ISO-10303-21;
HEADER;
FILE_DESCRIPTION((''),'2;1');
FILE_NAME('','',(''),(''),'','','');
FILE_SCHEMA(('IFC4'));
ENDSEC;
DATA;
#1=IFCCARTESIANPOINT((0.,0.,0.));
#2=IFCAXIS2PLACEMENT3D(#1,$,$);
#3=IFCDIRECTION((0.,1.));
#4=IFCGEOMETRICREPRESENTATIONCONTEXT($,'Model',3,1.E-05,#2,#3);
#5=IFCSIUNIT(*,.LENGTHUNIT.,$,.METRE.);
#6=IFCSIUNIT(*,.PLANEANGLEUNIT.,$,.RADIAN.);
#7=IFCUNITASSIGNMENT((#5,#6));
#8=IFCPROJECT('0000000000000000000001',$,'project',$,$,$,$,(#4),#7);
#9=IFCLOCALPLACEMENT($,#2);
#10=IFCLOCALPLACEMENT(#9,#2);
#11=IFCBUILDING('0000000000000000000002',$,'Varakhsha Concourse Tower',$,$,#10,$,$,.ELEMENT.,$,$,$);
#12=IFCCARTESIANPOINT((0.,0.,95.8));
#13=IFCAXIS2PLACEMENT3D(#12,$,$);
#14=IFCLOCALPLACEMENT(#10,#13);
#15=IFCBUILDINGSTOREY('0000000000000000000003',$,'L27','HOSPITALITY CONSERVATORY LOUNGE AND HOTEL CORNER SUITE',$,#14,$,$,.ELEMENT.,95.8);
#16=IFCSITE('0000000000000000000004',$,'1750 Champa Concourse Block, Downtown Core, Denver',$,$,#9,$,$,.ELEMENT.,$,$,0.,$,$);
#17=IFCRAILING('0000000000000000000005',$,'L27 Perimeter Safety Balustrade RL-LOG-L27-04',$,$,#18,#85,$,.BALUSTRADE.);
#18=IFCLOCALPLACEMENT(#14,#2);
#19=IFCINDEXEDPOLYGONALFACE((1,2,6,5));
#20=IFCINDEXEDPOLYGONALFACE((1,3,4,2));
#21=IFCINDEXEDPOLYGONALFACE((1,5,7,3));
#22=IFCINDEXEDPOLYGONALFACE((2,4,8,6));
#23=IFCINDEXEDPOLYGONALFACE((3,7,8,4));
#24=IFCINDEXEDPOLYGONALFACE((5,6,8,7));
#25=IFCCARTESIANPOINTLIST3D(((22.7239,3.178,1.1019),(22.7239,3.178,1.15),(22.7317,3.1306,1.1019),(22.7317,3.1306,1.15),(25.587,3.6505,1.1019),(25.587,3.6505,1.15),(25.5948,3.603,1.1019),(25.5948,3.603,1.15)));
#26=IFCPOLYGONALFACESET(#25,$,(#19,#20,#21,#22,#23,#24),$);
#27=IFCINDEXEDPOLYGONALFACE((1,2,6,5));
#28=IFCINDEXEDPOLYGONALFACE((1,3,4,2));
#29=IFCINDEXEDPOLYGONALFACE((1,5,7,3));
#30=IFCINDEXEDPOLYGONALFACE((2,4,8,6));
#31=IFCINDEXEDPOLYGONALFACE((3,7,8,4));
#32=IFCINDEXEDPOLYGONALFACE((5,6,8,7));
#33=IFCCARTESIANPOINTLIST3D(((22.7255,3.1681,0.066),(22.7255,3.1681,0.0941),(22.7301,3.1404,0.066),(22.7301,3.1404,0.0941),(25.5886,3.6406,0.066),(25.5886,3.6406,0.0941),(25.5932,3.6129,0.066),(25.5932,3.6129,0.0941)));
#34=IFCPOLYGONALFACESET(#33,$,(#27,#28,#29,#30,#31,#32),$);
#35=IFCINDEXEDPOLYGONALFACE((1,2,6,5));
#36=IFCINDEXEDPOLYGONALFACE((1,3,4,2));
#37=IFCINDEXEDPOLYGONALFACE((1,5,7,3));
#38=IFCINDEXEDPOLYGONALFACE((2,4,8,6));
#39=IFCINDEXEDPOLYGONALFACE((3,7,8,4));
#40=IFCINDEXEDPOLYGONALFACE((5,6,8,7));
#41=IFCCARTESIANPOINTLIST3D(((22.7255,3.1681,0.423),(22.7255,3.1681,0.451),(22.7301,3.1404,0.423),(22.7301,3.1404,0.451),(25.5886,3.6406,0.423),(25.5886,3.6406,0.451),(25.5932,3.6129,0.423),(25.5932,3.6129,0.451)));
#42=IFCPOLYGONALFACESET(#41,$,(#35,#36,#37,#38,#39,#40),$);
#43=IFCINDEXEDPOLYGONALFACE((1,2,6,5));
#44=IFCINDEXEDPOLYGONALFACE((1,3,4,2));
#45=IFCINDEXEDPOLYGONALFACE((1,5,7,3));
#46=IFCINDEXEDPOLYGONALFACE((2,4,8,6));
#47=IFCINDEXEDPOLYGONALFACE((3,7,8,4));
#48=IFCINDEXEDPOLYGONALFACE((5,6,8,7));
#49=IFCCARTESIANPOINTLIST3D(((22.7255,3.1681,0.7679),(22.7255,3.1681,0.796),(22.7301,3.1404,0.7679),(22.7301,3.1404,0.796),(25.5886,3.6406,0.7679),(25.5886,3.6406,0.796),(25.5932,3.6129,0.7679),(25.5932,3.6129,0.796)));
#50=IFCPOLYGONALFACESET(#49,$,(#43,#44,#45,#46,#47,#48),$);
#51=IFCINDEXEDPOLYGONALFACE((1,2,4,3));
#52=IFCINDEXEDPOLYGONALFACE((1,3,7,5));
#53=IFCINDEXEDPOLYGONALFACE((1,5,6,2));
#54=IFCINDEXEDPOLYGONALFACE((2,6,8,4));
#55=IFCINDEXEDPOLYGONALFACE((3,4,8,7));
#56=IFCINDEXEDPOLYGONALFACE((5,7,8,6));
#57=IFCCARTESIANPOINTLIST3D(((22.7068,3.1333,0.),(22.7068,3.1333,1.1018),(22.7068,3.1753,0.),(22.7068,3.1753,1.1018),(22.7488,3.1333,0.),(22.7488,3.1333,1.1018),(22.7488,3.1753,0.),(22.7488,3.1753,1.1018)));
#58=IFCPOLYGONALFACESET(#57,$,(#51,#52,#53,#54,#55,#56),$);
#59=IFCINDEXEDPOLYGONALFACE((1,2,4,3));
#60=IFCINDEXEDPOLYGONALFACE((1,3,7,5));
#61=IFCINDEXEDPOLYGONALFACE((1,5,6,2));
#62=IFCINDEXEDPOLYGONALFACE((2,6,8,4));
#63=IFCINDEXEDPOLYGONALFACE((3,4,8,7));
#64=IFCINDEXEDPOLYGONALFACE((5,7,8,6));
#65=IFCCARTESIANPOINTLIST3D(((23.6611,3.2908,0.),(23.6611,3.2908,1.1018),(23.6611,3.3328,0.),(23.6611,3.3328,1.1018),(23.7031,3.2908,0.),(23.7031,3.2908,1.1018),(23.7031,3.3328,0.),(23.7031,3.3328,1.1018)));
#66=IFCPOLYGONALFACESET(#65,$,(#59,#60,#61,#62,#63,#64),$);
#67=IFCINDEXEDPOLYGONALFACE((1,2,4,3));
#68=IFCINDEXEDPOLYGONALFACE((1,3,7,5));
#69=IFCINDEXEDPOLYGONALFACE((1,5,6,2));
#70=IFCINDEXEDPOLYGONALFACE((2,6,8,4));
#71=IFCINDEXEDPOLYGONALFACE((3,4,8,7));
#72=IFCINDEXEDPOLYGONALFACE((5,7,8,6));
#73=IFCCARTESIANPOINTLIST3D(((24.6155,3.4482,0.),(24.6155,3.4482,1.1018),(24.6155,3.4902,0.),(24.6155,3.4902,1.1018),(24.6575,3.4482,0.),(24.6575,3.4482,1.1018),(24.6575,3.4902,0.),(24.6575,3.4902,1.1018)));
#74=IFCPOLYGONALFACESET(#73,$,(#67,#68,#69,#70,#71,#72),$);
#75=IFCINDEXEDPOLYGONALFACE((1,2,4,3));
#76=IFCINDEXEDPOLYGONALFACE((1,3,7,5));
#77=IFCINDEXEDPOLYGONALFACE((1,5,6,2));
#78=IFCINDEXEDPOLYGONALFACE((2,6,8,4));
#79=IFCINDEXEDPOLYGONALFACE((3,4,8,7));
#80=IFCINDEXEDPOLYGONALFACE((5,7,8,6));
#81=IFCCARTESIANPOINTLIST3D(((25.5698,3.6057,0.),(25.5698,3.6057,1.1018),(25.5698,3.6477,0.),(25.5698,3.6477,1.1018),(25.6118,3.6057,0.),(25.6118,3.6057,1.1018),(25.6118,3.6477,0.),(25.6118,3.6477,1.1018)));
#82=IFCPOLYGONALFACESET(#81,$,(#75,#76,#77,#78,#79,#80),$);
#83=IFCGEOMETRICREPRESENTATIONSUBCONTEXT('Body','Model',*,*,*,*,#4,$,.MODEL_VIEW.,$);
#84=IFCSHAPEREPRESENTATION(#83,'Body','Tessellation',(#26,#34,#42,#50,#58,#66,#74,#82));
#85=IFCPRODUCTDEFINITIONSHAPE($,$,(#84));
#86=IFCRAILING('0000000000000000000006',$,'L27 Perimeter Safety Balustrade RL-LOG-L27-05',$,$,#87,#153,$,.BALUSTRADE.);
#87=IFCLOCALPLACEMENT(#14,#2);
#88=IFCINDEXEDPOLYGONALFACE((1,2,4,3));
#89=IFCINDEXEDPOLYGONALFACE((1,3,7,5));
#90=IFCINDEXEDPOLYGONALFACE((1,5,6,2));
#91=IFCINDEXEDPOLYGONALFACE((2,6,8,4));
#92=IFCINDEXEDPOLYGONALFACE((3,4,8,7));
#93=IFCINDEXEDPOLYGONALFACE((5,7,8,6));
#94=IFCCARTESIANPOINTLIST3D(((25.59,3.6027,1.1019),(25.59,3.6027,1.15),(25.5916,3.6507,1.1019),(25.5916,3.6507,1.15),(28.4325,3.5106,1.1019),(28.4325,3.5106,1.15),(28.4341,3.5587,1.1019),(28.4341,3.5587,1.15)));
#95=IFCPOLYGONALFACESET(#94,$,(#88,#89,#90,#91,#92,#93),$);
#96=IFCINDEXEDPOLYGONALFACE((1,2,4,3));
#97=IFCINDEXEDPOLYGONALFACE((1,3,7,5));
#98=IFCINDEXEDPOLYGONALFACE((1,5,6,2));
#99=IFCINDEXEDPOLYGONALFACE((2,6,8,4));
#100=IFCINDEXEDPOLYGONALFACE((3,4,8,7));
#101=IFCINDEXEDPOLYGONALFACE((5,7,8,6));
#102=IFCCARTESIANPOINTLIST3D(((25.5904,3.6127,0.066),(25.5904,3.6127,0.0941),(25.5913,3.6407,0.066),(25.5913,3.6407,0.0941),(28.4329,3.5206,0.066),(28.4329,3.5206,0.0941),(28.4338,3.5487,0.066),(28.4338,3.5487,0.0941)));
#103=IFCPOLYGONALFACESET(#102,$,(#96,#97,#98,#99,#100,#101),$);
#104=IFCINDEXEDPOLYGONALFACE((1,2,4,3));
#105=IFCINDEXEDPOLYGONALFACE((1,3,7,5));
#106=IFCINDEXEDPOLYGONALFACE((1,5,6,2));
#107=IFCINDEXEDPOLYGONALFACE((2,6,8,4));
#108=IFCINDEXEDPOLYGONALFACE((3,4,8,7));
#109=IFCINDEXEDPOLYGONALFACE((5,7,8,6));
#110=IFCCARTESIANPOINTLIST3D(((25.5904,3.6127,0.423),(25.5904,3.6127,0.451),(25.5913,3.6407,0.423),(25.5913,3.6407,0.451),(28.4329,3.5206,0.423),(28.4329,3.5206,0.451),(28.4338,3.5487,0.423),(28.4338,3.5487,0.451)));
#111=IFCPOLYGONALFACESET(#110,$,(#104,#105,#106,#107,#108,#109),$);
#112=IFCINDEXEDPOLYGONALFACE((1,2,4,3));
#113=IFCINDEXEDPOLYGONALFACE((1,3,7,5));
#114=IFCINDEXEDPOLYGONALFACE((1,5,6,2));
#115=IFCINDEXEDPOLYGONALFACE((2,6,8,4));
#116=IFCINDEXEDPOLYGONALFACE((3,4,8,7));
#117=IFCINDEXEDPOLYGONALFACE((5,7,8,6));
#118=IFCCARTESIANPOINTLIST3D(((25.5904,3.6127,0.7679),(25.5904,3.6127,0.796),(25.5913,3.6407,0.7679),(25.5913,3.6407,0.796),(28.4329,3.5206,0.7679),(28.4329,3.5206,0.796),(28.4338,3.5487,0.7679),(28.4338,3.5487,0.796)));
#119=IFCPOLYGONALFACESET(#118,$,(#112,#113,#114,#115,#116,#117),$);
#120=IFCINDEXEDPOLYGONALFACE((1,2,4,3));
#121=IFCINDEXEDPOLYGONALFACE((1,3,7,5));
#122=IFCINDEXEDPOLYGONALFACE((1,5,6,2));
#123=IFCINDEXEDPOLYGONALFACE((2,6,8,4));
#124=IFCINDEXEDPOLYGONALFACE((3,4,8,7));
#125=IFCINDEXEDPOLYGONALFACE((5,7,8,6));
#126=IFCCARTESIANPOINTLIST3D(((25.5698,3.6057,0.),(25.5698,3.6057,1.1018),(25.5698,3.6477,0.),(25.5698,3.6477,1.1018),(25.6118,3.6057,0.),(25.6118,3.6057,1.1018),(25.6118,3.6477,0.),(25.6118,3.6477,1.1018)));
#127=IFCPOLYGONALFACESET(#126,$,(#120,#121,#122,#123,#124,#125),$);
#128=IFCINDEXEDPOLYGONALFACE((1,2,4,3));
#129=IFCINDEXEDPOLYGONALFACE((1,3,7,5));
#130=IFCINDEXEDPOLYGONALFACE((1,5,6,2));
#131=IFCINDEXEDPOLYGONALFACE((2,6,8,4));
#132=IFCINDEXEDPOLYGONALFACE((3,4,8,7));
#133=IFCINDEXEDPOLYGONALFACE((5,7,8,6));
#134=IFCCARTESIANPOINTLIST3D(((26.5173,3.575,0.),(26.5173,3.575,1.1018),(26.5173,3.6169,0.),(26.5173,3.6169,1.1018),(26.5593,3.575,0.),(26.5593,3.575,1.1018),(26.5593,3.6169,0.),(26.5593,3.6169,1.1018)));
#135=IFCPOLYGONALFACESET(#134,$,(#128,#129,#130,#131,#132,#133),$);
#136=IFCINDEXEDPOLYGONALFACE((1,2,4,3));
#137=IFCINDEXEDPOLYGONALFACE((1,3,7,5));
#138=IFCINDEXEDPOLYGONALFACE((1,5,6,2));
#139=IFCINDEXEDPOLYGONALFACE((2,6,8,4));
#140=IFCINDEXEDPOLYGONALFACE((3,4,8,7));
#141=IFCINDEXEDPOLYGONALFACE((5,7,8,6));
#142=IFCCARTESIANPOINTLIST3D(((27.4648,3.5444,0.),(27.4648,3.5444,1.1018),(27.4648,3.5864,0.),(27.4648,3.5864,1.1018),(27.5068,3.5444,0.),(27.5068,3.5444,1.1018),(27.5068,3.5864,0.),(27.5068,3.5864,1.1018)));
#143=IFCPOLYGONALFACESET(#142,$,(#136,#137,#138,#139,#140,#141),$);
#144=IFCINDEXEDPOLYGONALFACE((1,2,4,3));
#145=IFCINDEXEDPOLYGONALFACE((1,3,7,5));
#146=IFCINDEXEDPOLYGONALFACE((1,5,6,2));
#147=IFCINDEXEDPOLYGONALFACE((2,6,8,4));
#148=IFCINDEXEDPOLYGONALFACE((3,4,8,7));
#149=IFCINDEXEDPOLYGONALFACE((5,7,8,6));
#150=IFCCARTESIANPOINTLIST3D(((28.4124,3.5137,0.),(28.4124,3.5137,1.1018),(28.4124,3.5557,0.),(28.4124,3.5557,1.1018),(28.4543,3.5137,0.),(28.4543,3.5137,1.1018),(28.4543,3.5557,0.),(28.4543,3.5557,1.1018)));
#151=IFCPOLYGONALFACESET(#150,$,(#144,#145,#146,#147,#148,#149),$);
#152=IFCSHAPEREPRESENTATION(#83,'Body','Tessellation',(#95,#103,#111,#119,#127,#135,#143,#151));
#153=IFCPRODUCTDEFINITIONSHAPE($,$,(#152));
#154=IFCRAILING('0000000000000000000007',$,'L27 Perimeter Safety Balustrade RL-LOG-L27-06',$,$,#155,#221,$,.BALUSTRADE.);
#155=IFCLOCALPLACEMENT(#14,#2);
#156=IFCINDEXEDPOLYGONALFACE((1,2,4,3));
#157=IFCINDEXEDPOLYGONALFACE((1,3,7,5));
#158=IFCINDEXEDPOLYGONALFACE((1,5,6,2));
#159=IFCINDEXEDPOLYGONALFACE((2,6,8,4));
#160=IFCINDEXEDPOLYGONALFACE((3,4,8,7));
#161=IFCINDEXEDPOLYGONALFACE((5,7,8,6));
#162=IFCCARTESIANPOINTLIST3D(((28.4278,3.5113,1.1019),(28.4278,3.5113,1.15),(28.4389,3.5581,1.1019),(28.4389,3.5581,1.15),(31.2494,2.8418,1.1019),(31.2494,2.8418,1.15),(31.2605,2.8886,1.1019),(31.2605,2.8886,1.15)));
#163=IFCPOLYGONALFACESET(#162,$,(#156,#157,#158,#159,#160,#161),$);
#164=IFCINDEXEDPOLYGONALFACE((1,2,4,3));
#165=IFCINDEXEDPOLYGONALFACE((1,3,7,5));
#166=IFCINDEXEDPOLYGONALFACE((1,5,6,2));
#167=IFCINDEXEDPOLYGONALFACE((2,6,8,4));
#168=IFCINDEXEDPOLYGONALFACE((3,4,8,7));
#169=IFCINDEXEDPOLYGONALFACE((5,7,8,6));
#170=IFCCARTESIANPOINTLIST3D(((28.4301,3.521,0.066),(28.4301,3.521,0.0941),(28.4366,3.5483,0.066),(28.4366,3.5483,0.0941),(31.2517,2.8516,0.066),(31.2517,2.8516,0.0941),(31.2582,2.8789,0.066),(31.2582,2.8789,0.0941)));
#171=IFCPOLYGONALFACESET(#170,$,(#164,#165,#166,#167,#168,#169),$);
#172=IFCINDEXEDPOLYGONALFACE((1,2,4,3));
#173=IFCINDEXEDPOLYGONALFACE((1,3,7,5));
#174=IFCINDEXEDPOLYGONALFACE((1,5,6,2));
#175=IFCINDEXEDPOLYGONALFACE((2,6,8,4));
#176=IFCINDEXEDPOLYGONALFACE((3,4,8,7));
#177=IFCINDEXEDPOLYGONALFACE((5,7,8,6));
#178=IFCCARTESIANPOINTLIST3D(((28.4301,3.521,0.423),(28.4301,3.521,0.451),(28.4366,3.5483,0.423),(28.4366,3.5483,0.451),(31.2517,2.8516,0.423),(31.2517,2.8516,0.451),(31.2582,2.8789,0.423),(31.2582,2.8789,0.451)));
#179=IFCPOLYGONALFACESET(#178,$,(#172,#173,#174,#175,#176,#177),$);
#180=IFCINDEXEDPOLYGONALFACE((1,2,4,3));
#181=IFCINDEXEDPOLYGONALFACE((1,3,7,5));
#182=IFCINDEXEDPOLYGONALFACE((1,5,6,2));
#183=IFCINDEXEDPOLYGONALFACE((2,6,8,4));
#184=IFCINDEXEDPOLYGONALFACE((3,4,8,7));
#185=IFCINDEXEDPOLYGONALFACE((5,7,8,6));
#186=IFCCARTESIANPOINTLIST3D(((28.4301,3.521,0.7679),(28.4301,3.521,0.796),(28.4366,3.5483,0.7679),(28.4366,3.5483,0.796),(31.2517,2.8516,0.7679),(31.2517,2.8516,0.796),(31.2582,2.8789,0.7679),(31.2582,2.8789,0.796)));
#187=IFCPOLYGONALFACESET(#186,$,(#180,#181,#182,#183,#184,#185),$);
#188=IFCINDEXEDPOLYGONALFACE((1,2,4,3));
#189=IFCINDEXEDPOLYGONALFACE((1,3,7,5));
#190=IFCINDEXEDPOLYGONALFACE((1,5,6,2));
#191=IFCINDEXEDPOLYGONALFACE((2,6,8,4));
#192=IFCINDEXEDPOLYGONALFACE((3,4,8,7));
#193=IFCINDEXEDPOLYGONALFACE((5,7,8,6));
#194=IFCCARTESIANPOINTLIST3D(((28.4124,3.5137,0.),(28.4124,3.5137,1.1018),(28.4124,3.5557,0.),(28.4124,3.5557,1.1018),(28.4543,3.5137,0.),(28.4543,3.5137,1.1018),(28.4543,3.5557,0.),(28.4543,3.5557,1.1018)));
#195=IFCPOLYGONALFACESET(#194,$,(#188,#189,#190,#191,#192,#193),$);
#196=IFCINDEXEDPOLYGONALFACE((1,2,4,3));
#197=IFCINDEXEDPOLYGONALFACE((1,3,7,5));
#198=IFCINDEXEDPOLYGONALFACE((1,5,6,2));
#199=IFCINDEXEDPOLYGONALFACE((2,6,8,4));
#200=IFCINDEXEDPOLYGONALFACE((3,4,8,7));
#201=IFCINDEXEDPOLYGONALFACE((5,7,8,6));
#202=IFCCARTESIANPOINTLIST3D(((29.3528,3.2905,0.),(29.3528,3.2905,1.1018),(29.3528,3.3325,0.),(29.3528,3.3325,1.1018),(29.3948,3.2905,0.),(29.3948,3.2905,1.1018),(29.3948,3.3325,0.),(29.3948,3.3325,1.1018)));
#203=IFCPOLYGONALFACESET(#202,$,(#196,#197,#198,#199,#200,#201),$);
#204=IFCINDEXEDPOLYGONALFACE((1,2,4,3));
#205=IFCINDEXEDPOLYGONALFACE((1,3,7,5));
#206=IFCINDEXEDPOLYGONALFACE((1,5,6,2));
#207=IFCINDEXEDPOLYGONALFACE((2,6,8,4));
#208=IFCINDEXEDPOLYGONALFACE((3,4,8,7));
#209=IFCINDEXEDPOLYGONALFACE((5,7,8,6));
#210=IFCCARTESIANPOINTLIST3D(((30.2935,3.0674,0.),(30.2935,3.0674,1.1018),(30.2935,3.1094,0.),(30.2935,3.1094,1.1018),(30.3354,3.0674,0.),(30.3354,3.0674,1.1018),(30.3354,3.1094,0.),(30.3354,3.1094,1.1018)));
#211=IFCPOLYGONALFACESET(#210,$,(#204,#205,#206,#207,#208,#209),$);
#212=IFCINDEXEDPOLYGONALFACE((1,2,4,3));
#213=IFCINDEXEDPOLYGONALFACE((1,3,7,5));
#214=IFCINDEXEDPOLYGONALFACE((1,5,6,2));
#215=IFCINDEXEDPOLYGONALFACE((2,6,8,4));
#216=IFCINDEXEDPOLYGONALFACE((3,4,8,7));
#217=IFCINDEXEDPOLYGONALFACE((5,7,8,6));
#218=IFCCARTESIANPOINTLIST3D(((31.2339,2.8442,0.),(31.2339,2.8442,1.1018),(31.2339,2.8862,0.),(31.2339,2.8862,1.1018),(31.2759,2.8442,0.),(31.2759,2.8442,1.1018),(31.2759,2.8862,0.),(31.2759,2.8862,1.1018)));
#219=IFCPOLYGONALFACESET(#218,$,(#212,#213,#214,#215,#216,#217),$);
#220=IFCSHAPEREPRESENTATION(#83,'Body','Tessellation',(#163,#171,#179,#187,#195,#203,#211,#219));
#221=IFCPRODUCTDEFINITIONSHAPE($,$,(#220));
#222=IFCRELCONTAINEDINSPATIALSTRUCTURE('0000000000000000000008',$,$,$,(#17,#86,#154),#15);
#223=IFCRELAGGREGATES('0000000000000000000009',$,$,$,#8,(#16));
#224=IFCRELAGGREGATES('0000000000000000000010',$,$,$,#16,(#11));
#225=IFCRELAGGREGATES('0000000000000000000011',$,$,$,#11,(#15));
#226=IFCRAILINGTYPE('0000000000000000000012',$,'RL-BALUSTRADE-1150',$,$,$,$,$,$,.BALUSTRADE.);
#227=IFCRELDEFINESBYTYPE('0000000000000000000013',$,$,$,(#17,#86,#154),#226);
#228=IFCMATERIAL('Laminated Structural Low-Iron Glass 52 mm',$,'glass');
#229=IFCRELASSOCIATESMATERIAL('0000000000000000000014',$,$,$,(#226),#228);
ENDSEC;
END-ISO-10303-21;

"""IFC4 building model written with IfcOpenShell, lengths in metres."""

from ifc_helpers import new_model, si_unit, direction, frame, origin, origin_2d, place, context, subcontext, project, spatial, rectangle, extrude, material, type_object, element, save


model = new_model("IFC4")

# Units and contexts
model_context = context("Model", 3, precision=1e-05, world=origin(), true_north=direction((0.0, 1.0)))
body_context = subcontext(model_context, "Body", "Model", "MODEL_VIEW")
ifc_project = project(units=[si_unit("LENGTHUNIT", "METRE"), si_unit("PLANEANGLEUNIT", "RADIAN")], contexts=[model_context])

# Site, building, storey
site_placement = place(None, origin())
site = spatial("IfcSite", under=ifc_project, at=site_placement, Name="1750 Champa Concourse Block, Downtown Core, Denver", CompositionType="ELEMENT", RefElevation=0.0)
building_placement = place(site_placement, origin())
building = spatial("IfcBuilding", under=site, at=building_placement, Name="Varakhsha Concourse Tower", CompositionType="ELEMENT")
storey_placement = place(building_placement, frame((0.0, 0.0, 95.8)))
storey = spatial("IfcBuildingStorey", under=building, at=storey_placement, Name="L27", Description="HOSPITALITY CONSERVATORY LOUNGE AND HOTEL CORNER SUITE", CompositionType="ELEMENT", Elevation=95.8)

# Railings
ifc_material_1 = material(Name="Laminated Structural Low-Iron Glass 52 mm", Category="glass")
railing_type = type_object("IfcRailingType", Name="RL-BALUSTRADE-1150", PredefinedType="BALUSTRADE", material=ifc_material_1)
railing_1_placement = place(storey_placement, frame((22.7278, 3.1543, 0.0)))
element("IfcRailing", 1, at=railing_1_placement, inside=storey, type_object=railing_type, Name="L27 Perimeter Safety Balustrade RL-LOG-L27-04", PredefinedType="BALUSTRADE", context=body_context, shape_type="SweptSolid", body=[
    extrude(rectangle(XDim=0.0481, YDim=0.0481, at=origin_2d()), frame((0.0, 0.0, 1.126), z_axis=(0.986659, 0.162802, 0.0), x_axis=(-0.162802, 0.986659, 0.0)), (0.0, 0.0, 1.0), 2.9019),
    extrude(rectangle(XDim=0.0281, YDim=0.0281, at=origin_2d()), frame((0.0, 0.0, 0.0801), z_axis=(0.986659, 0.162802, 0.0), x_axis=(-0.162802, 0.986659, 0.0)), (0.0, 0.0, 1.0), 2.9019),
    extrude(rectangle(XDim=0.0281, YDim=0.0281, at=origin_2d()), frame((0.0, 0.0, 0.437), z_axis=(0.986659, 0.162802, 0.0), x_axis=(-0.162802, 0.986659, 0.0)), (0.0, 0.0, 1.0), 2.9019),
    extrude(rectangle(XDim=0.0281, YDim=0.0281, at=origin_2d()), frame((0.0, 0.0, 0.782), z_axis=(0.986659, 0.162802, 0.0), x_axis=(-0.162802, 0.986659, 0.0)), (0.0, 0.0, 1.0), 2.9019),
    extrude(rectangle(XDim=0.042, YDim=0.042, at=origin_2d()), origin(), (0.0, 0.0, 1.0), 1.1018),
    extrude(rectangle(XDim=0.042, YDim=0.042, at=origin_2d()), frame((0.9543, 0.1575, 0.0)), (0.0, 0.0, 1.0), 1.1018),
    extrude(rectangle(XDim=0.042, YDim=0.042, at=origin_2d()), frame((1.9087, 0.3149, 0.0)), (0.0, 0.0, 1.0), 1.1018),
    extrude(rectangle(XDim=0.042, YDim=0.042, at=origin_2d()), frame((2.863, 0.4724, 0.0)), (0.0, 0.0, 1.0), 1.1018),
])
railing_2_placement = place(storey_placement, frame((25.5908, 3.6267, 0.0)))
element("IfcRailing", 2, at=railing_2_placement, inside=storey, type_object=railing_type, Name="L27 Perimeter Safety Balustrade RL-LOG-L27-05", PredefinedType="BALUSTRADE", context=body_context, shape_type="SweptSolid", body=[
    extrude(rectangle(XDim=0.0481, YDim=0.0481, at=origin_2d()), frame((0.0, 0.0, 1.126), z_axis=(0.999476, -0.032363, 0.0), x_axis=(0.032363, 0.999476, 0.0)), (0.0, 0.0, 1.0), 2.844),
    extrude(rectangle(XDim=0.0281, YDim=0.0281, at=origin_2d()), frame((0.0, 0.0, 0.0801), z_axis=(0.999476, -0.032363, 0.0), x_axis=(0.032363, 0.999476, 0.0)), (0.0, 0.0, 1.0), 2.844),
    extrude(rectangle(XDim=0.0281, YDim=0.0281, at=origin_2d()), frame((0.0, 0.0, 0.437), z_axis=(0.999476, -0.032363, 0.0), x_axis=(0.032363, 0.999476, 0.0)), (0.0, 0.0, 1.0), 2.844),
    extrude(rectangle(XDim=0.0281, YDim=0.0281, at=origin_2d()), frame((0.0, 0.0, 0.782), z_axis=(0.999476, -0.032363, 0.0), x_axis=(0.032363, 0.999476, 0.0)), (0.0, 0.0, 1.0), 2.844),
    extrude(rectangle(XDim=0.042, YDim=0.042, at=origin_2d()), origin(), (0.0, 0.0, 1.0), 1.1018),
    extrude(rectangle(XDim=0.042, YDim=0.042, at=origin_2d()), frame((0.9475, -0.0308, 0.0)), (0.0, 0.0, 1.0), 1.1018),
    extrude(rectangle(XDim=0.042, YDim=0.042, at=origin_2d()), frame((1.895, -0.0613, 0.0)), (0.0, 0.0, 1.0), 1.1018),
    extrude(rectangle(XDim=0.042, YDim=0.042, at=origin_2d()), frame((2.8425, -0.092, 0.0)), (0.0, 0.0, 1.0), 1.1018),
])
railing_3_placement = place(storey_placement, frame((28.4333, 3.5347, 0.0)))
element("IfcRailing", 3, at=railing_3_placement, inside=storey, type_object=railing_type, Name="L27 Perimeter Safety Balustrade RL-LOG-L27-06", PredefinedType="BALUSTRADE", context=body_context, shape_type="SweptSolid", body=[
    extrude(rectangle(XDim=0.0481, YDim=0.0481, at=origin_2d()), frame((0.0, 0.0, 1.126), z_axis=(0.972989, -0.23085, 0.0), x_axis=(0.23085, 0.972989, 0.0)), (0.0, 0.0, 1.0), 2.8999),
    extrude(rectangle(XDim=0.0281, YDim=0.0281, at=origin_2d()), frame((0.0, 0.0, 0.0801), z_axis=(0.972989, -0.23085, 0.0), x_axis=(0.23085, 0.972989, 0.0)), (0.0, 0.0, 1.0), 2.8999),
    extrude(rectangle(XDim=0.0281, YDim=0.0281, at=origin_2d()), frame((0.0, 0.0, 0.437), z_axis=(0.972989, -0.23085, 0.0), x_axis=(0.23085, 0.972989, 0.0)), (0.0, 0.0, 1.0), 2.8999),
    extrude(rectangle(XDim=0.0281, YDim=0.0281, at=origin_2d()), frame((0.0, 0.0, 0.782), z_axis=(0.972989, -0.23085, 0.0), x_axis=(0.23085, 0.972989, 0.0)), (0.0, 0.0, 1.0), 2.8999),
    extrude(rectangle(XDim=0.042, YDim=0.042, at=origin_2d()), origin(), (0.0, 0.0, 1.0), 1.1018),
    extrude(rectangle(XDim=0.042, YDim=0.042, at=origin_2d()), frame((0.9404, -0.2231, 0.0)), (0.0, 0.0, 1.0), 1.1018),
    extrude(rectangle(XDim=0.042, YDim=0.042, at=origin_2d()), frame((1.8811, -0.4463, 0.0)), (0.0, 0.0, 1.0), 1.1018),
    extrude(rectangle(XDim=0.042, YDim=0.042, at=origin_2d()), frame((2.8215, -0.6694, 0.0)), (0.0, 0.0, 1.0), 1.1018),
])

save(model, "model.ifc")
